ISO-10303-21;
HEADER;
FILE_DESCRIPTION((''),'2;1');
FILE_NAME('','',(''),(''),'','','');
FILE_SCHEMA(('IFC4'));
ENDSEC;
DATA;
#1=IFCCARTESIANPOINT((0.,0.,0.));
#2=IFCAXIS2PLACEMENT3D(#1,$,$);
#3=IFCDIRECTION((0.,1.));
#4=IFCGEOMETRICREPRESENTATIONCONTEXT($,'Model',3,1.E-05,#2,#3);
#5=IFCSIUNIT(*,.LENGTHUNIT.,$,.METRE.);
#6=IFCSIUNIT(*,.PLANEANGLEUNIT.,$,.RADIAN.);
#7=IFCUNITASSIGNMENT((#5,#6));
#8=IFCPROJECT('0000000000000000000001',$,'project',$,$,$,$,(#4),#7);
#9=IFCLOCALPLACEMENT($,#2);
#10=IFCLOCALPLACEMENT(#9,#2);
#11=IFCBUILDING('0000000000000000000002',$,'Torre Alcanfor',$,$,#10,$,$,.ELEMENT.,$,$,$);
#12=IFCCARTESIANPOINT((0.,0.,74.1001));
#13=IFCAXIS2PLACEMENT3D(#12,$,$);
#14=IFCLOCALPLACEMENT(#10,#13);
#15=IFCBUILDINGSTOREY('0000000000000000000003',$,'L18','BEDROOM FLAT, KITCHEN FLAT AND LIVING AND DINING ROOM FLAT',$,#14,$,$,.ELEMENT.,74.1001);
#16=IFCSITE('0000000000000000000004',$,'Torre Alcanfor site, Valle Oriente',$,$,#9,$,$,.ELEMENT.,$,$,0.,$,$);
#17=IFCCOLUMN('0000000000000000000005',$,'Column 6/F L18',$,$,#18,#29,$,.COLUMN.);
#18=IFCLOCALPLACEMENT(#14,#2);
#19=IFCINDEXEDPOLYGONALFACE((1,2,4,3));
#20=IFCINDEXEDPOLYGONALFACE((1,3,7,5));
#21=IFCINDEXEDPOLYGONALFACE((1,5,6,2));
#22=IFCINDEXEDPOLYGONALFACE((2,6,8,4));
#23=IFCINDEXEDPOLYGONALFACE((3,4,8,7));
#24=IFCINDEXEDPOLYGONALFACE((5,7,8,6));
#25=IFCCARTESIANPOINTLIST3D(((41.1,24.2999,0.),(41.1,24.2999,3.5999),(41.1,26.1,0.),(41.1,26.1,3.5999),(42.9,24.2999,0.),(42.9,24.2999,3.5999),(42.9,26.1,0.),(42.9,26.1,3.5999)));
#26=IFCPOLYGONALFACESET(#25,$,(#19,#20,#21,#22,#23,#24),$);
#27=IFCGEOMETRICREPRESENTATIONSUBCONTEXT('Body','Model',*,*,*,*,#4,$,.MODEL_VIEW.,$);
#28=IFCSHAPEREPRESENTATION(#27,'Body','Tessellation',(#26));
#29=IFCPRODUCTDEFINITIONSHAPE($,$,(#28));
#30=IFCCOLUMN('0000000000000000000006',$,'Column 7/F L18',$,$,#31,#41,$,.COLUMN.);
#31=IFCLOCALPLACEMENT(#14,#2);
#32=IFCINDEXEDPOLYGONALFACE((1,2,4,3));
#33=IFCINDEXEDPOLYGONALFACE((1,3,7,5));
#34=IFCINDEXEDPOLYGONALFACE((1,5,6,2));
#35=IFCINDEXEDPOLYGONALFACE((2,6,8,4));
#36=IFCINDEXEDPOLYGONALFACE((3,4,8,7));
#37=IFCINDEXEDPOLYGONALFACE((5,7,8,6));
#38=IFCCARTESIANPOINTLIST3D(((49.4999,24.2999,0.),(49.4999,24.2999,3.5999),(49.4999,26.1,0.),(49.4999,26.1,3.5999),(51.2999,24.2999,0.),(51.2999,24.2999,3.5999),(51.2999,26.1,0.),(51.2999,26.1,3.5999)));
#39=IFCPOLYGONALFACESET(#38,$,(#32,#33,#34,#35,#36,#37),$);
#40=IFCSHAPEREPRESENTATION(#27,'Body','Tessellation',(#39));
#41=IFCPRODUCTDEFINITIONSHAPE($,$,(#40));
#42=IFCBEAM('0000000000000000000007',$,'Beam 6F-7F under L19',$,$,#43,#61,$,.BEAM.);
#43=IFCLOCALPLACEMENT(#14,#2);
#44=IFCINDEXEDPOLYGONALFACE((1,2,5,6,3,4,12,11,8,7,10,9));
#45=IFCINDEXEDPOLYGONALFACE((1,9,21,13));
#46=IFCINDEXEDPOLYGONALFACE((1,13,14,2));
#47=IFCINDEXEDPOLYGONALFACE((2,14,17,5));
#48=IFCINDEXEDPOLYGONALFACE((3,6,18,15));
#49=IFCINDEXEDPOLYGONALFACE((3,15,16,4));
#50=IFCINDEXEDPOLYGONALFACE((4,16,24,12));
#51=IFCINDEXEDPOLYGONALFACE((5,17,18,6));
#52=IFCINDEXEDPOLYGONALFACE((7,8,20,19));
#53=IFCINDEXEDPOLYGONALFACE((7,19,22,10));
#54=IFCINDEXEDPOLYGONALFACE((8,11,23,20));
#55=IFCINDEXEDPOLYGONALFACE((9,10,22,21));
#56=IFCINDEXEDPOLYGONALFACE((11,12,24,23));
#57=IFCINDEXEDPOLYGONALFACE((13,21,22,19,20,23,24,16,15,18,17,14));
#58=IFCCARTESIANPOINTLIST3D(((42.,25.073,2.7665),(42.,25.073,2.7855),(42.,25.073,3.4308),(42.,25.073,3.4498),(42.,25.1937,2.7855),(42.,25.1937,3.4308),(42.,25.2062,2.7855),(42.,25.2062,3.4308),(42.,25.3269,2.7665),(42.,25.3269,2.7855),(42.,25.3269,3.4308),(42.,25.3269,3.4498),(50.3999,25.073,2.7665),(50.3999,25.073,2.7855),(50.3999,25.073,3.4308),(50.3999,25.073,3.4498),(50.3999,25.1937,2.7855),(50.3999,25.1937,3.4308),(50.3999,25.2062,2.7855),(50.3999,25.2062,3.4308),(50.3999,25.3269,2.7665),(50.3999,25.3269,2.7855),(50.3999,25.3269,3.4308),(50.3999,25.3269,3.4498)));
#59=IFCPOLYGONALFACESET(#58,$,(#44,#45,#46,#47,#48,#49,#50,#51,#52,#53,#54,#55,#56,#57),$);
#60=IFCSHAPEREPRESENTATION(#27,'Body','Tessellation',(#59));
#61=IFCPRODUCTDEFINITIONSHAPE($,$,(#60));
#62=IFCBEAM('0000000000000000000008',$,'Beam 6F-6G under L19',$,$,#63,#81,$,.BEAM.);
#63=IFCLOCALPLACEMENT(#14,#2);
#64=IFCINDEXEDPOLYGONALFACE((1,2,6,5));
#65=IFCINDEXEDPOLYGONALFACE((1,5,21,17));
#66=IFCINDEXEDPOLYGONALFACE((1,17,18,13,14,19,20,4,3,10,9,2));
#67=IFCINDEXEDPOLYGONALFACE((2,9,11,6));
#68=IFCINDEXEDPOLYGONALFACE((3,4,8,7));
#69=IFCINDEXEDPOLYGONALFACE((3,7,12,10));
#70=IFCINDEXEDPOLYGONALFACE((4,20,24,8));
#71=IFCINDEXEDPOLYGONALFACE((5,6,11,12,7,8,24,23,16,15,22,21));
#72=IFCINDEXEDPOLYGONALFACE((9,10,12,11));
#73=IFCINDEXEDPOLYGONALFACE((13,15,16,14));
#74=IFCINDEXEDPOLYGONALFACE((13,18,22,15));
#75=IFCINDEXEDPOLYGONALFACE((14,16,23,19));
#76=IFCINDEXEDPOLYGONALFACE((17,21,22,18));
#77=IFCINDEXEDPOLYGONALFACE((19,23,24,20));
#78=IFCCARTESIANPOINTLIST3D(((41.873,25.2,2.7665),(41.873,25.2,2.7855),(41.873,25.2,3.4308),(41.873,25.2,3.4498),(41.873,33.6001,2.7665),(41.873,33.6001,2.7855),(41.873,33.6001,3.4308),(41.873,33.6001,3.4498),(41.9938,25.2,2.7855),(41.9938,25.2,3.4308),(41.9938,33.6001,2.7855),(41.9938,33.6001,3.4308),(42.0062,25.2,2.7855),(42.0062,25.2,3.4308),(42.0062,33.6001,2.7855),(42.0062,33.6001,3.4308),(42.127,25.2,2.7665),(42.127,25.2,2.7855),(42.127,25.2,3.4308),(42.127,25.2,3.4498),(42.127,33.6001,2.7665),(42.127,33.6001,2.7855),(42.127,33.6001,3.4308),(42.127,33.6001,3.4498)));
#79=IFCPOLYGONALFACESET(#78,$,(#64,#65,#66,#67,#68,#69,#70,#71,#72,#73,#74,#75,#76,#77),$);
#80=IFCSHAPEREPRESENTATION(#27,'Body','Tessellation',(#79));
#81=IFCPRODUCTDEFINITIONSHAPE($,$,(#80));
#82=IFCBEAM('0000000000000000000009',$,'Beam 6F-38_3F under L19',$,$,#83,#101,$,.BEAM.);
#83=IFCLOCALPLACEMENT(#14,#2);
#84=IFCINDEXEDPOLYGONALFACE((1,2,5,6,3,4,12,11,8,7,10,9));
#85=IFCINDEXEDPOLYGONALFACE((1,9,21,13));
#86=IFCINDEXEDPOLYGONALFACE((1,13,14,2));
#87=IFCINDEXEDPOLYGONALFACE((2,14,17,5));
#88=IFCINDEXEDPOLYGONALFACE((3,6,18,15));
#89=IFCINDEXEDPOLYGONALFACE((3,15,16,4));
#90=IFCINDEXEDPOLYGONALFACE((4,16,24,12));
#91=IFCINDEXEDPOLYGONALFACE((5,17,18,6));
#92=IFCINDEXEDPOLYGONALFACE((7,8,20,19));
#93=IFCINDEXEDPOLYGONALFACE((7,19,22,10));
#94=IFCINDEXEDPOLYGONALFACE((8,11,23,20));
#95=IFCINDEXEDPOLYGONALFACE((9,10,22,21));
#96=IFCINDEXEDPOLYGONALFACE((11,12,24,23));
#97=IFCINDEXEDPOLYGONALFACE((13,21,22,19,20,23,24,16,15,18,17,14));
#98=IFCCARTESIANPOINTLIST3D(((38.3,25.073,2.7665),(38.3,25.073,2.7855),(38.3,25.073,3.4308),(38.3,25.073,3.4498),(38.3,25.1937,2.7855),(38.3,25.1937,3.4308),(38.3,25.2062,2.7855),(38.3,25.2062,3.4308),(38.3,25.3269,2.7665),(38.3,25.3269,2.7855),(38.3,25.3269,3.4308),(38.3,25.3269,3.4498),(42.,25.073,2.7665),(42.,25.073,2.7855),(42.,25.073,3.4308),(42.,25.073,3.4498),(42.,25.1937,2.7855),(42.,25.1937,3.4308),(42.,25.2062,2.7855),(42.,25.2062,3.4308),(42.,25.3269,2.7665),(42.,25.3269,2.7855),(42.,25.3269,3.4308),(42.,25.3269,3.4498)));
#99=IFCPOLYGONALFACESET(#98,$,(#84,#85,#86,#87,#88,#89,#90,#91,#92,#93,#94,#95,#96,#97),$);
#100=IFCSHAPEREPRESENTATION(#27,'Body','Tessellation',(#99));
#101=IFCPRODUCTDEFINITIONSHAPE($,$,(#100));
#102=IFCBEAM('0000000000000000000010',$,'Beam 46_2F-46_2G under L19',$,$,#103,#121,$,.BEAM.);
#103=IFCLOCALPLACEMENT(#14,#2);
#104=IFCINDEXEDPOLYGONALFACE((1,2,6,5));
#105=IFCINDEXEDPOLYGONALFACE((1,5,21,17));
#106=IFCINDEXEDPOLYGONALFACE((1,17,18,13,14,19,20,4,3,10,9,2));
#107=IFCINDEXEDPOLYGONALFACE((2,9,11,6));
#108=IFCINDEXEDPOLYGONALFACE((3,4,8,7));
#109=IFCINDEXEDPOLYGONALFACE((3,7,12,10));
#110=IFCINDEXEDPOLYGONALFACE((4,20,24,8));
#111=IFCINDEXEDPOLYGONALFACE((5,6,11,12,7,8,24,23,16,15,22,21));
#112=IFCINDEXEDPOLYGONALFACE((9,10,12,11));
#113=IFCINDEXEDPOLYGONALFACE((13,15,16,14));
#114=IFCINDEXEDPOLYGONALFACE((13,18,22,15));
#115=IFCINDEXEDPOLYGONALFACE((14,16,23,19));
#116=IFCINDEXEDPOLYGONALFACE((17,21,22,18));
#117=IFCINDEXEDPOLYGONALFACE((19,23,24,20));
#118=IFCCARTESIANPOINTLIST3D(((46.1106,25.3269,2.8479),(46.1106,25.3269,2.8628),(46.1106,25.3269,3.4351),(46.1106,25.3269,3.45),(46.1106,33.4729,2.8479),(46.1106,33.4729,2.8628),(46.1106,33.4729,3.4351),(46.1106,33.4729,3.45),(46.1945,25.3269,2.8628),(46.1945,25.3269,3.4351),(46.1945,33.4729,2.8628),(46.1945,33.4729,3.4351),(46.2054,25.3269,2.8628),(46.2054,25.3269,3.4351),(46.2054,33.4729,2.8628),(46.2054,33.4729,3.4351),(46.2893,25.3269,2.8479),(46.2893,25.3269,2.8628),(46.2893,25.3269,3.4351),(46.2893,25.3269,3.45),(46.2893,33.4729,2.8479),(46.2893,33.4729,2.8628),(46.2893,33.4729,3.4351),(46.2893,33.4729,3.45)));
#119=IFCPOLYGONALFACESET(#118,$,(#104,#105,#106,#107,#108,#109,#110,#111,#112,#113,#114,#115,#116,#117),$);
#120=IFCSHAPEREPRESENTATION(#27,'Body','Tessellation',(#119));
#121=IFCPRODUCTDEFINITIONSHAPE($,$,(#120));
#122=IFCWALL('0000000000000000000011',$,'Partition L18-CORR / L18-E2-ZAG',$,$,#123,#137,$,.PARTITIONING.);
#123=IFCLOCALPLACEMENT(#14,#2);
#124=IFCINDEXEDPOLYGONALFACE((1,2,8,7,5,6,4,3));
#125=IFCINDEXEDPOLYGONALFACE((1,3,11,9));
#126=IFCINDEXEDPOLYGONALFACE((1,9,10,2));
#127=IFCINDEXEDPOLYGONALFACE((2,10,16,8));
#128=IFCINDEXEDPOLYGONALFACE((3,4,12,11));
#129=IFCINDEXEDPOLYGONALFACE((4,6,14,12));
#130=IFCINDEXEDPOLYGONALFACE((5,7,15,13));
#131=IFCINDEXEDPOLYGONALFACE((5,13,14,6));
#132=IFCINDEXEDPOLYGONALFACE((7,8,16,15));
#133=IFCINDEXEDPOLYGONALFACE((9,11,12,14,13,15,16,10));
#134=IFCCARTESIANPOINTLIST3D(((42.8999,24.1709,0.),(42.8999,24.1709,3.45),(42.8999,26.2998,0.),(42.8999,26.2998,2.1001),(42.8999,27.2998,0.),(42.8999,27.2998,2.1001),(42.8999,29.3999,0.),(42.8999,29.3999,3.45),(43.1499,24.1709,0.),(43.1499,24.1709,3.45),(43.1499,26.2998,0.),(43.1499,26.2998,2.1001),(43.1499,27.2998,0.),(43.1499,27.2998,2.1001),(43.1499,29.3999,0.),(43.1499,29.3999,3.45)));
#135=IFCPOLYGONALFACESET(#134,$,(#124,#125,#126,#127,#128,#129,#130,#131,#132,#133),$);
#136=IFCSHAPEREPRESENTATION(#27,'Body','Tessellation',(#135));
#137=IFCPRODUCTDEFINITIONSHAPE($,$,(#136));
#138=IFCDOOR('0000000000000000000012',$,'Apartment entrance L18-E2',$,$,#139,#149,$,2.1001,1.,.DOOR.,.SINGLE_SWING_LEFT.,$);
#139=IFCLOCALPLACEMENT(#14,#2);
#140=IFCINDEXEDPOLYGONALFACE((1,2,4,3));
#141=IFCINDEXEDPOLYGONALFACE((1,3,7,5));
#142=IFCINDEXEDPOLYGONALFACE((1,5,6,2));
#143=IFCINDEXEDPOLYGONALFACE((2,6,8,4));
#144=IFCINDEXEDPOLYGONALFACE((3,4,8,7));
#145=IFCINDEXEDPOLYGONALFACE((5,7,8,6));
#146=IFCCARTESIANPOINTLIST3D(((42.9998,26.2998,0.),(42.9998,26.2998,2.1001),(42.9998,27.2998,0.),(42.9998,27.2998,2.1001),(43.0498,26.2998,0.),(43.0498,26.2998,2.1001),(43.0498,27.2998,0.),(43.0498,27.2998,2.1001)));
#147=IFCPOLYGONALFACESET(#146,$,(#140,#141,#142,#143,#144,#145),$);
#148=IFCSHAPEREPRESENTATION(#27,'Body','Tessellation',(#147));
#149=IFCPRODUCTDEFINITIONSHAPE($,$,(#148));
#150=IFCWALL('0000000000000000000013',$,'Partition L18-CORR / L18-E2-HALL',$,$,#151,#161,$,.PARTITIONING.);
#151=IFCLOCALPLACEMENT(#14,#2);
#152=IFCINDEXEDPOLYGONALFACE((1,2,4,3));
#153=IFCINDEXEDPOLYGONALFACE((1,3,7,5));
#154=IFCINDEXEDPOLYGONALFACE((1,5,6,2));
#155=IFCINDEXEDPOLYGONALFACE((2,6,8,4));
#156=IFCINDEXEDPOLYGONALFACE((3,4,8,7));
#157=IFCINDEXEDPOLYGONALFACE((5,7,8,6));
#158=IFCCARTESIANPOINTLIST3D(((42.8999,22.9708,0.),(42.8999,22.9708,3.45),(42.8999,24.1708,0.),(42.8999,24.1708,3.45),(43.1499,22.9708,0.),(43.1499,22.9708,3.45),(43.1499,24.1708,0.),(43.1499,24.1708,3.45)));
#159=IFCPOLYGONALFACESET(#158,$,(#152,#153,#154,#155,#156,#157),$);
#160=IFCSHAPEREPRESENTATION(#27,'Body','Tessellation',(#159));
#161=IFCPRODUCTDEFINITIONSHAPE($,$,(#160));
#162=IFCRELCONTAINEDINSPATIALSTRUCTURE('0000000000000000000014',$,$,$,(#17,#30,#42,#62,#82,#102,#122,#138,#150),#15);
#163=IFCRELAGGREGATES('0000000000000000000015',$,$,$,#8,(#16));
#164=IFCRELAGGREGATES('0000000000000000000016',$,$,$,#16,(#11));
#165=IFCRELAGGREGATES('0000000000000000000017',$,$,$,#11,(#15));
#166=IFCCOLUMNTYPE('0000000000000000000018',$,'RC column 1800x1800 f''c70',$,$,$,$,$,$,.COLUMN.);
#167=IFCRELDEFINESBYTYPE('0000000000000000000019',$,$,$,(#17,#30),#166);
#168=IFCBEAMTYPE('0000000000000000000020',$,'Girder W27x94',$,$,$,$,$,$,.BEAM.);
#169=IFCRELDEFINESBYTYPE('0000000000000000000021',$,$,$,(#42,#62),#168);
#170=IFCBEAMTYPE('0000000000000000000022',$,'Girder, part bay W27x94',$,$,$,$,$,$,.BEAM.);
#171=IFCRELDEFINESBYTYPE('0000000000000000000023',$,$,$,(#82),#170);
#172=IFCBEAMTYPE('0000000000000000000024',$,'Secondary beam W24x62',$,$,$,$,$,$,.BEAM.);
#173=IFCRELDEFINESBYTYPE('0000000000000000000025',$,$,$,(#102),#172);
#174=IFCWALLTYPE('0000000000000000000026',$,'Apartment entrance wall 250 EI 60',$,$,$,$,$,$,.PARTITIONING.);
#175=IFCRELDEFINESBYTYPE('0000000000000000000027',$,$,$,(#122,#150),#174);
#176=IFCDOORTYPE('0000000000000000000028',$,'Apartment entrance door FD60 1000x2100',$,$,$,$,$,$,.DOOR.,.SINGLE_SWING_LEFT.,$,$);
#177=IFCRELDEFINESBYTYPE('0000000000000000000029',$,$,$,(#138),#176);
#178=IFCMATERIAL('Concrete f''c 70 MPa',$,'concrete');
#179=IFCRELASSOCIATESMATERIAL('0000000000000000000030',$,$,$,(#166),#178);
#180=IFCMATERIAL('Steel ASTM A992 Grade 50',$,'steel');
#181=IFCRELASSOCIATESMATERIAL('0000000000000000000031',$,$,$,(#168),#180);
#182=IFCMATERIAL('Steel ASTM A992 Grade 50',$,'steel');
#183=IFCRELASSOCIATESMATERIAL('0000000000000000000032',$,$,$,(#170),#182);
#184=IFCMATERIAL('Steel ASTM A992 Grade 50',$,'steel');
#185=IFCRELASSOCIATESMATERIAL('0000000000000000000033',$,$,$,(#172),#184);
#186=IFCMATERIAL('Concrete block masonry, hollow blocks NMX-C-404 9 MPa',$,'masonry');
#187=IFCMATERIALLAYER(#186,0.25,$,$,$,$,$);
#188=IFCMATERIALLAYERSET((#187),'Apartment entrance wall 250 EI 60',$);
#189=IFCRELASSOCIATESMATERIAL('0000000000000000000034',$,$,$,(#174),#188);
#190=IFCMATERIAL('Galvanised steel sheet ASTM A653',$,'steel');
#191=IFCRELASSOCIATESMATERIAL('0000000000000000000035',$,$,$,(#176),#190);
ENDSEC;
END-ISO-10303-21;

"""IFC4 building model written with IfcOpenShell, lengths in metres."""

from ifc_helpers import new_model, si_unit, direction, frame, frame_2d, origin, origin_2d, place, context, subcontext, project, spatial, rectangle, i_section, extrude, material, layer, layer_set, material_profile, profile_set, type_object, element, fill, save


model = new_model("IFC4")

# Units and contexts
model_context = context("Model", 3, precision=1e-05, world=origin(), true_north=direction((0.0, 1.0)))
body_context = subcontext(model_context, "Body", "Model", "MODEL_VIEW")
ifc_project = project(units=[si_unit("LENGTHUNIT", "METRE"), si_unit("PLANEANGLEUNIT", "RADIAN")], contexts=[model_context])

# Site, building, storey
site_placement = place(None, origin())
site = spatial("IfcSite", under=ifc_project, at=site_placement, Name="Torre Alcanfor site, Valle Oriente", CompositionType="ELEMENT", RefElevation=0.0)
building_placement = place(site_placement, origin())
building = spatial("IfcBuilding", under=site, at=building_placement, Name="Torre Alcanfor", CompositionType="ELEMENT")
storey_placement = place(building_placement, frame((0.0, 0.0, 74.1001)))
storey = spatial("IfcBuildingStorey", under=building, at=storey_placement, Name="L18", Description="BEDROOM FLAT, KITCHEN FLAT AND LIVING AND DINING ROOM FLAT", CompositionType="ELEMENT", Elevation=74.1001)

# Columns
ifc_material_1 = material(Name="Concrete f'c 70 MPa", Category="concrete")
ifc_material_profile_1 = material_profile(ifc_material_1, rectangle(XDim=1.8, YDim=1.8, at=origin_2d()), Name="1800x1800")
ifc_profile_set_1 = profile_set([ifc_material_profile_1], Name="Concrete f'c 70 MPa")
column_type = type_object("IfcColumnType", Name="RC column 1800x1800 f'c70", PredefinedType="COLUMN", material=ifc_profile_set_1)
for number, where, z_axis, x_axis, name in (
    (1, (42.0, 25.2, 0.0), (0.0, 0.0, 1.0), (1.0, 0.0, 0.0), "Column 6/F L18"),
    (2, (50.3999, 25.2, 0.0), (0.0, 0.0, 1.0), (1.0, 0.0, 0.0), "Column 7/F L18"),
):
    element("IfcColumn", number, at=place(storey_placement, frame(where, z_axis=z_axis, x_axis=x_axis)), inside=storey, type_object=column_type, Name=name, PredefinedType="COLUMN", context=body_context, shape_type="SweptSolid", body=[
        extrude(rectangle(XDim=1.8, YDim=1.8, at=origin_2d()), origin(), (0.0, 0.0, 1.0), 3.5999),
    ])

# Beams
ifc_material_2 = material(Name="Steel ASTM A992 Grade 50", Category="steel")
ifc_material_profile_2 = material_profile(ifc_material_2, i_section(OverallWidth=0.2539, OverallDepth=0.6833, WebThickness=0.0125, FlangeThickness=0.019, at=origin_2d()), Name="W27x94")
ifc_profile_set_2 = profile_set([ifc_material_profile_2], Name="Steel ASTM A992 Grade 50")
beam_type_1 = type_object("IfcBeamType", Name="Girder W27x94", PredefinedType="BEAM", material=ifc_profile_set_2)
beam_1_placement = place(storey_placement, frame((42.0, 25.2, 3.1082), z_axis=(1.0, 0.0, 0.0), x_axis=(0.0, 1.0, 0.0)))
element("IfcBeam", 3, at=beam_1_placement, inside=storey, type_object=beam_type_1, Name="Beam 6F-7F under L19", PredefinedType="BEAM", context=body_context, shape_type="SweptSolid", body=[
    extrude(i_section(OverallWidth=0.2539, OverallDepth=0.6833, WebThickness=0.0125, FlangeThickness=0.019, at=origin_2d()), origin(), (0.0, 0.0, 1.0), 8.3999),
])
beam_2_placement = place(storey_placement, frame((42.0, 25.2, 3.1082), z_axis=(0.0, 1.0, 0.0), x_axis=(-1.0, 0.0, 0.0)))
element("IfcBeam", 4, at=beam_2_placement, inside=storey, type_object=beam_type_1, Name="Beam 6F-6G under L19", PredefinedType="BEAM", context=body_context, shape_type="SweptSolid", body=[
    extrude(i_section(OverallWidth=0.2539, OverallDepth=0.6833, WebThickness=0.0125, FlangeThickness=0.019, at=origin_2d()), origin(), (0.0, 0.0, 1.0), 8.4001),
])
ifc_material_3 = material(Name="Steel ASTM A992 Grade 50", Category="steel")
ifc_material_profile_3 = material_profile(ifc_material_3, i_section(OverallWidth=0.2539, OverallDepth=0.6833, WebThickness=0.0125, FlangeThickness=0.019, at=origin_2d()), Name="W27x94")
ifc_profile_set_3 = profile_set([ifc_material_profile_3], Name="Steel ASTM A992 Grade 50")
beam_type_2 = type_object("IfcBeamType", Name="Girder, part bay W27x94", PredefinedType="BEAM", material=ifc_profile_set_3)
beam_3_placement = place(storey_placement, frame((42.0, 25.2, 3.1082), z_axis=(-1.0, 0.0, 0.0), x_axis=(0.0, -1.0, 0.0)))
element("IfcBeam", 5, at=beam_3_placement, inside=storey, type_object=beam_type_2, Name="Beam 6F-38_3F under L19", PredefinedType="BEAM", context=body_context, shape_type="SweptSolid", body=[
    extrude(i_section(OverallWidth=0.2539, OverallDepth=0.6833, WebThickness=0.0125, FlangeThickness=0.019, at=origin_2d()), origin(), (0.0, 0.0, 1.0), 3.7),
])
ifc_material_4 = material(Name="Steel ASTM A992 Grade 50", Category="steel")
ifc_material_profile_4 = material_profile(ifc_material_4, i_section(OverallWidth=0.1787, OverallDepth=0.6021, WebThickness=0.011, FlangeThickness=0.0149, at=origin_2d()), Name="W24x62")
ifc_profile_set_4 = profile_set([ifc_material_profile_4], Name="Steel ASTM A992 Grade 50")
beam_type_3 = type_object("IfcBeamType", Name="Secondary beam W24x62", PredefinedType="BEAM", material=ifc_profile_set_4)
beam_4_placement = place(storey_placement, frame((46.2, 25.3269, 3.1489), z_axis=(0.0, 1.0, 0.0), x_axis=(-1.0, 0.0, 0.0)))
element("IfcBeam", 6, at=beam_4_placement, inside=storey, type_object=beam_type_3, Name="Beam 46_2F-46_2G under L19", PredefinedType="BEAM", context=body_context, shape_type="SweptSolid", body=[
    extrude(i_section(OverallWidth=0.1787, OverallDepth=0.6021, WebThickness=0.011, FlangeThickness=0.0149, at=origin_2d()), origin(), (0.0, 0.0, 1.0), 8.146),
])

# Wall, opening, door
ifc_material_5 = material(Name="Concrete block masonry, hollow blocks NMX-C-404 9 MPa", Category="masonry")
ifc_layer_1 = layer(ifc_material_5, 0.25)
ifc_layer_set_1 = layer_set([ifc_layer_1], Name="Apartment entrance wall 250 EI 60")
wall_type_1 = type_object("IfcWallType", Name="Apartment entrance wall 250 EI 60", PredefinedType="PARTITIONING", material=ifc_layer_set_1)
wall_1_placement = place(storey_placement, frame((43.0249, 29.3999, 0.0), z_axis=(0.0, 0.0, 1.0), x_axis=(0.0, -1.0, 0.0)))
wall_1 = element("IfcWall", 7, at=wall_1_placement, inside=storey, type_object=wall_type_1, Name="Partition L18-CORR / L18-E2-ZAG", PredefinedType="PARTITIONING", context=body_context, shape_type="SweptSolid", body=[
    extrude(rectangle(XDim=5.229, YDim=0.25, at=frame_2d((2.6145, 0.0))), origin(), (0.0, 0.0, 1.0), 3.45),
])
opening_1_placement = place(wall_1_placement, frame((2.1001, 0.0, 0.0)))
opening_1 = element("IfcOpeningElement", 8, at=opening_1_placement, cuts=wall_1, PredefinedType="OPENING", context=body_context, shape_type="SweptSolid", body=[
    extrude(rectangle(XDim=1.0, YDim=2.1001, at=frame_2d((0.5, 1.05))), frame((0.0, 0.135, 0.0), z_axis=(0.0, -1.0, 0.0), x_axis=(1.0, 0.0, 0.0)), (0.0, 0.0, 1.0), 0.27),
])
ifc_material_6 = material(Name="Galvanised steel sheet ASTM A653", Category="steel")
door_type_1 = type_object("IfcDoorType", Name="Apartment entrance door FD60 1000x2100", OperationType="SINGLE_SWING_LEFT", PredefinedType="DOOR", material=ifc_material_6)
door_1_placement = place(opening_1_placement, origin())
door_1 = element("IfcDoor", 9, at=door_1_placement, inside=storey, type_object=door_type_1, Name="Apartment entrance L18-E2", OperationType="SINGLE_SWING_LEFT", OverallHeight=2.1001, OverallWidth=1.0, PredefinedType="DOOR", context=body_context, shape_type="SweptSolid", body=[
    extrude(rectangle(XDim=1.0, YDim=2.1001, at=frame_2d((0.5, 1.05))), frame((0.0, 0.0249, 0.0), z_axis=(0.0, -1.0, 0.0), x_axis=(1.0, 0.0, 0.0)), (0.0, 0.0, 1.0), 0.05),
])
fill(opening_1, door_1)

# Wall
wall_2_placement = place(storey_placement, frame((43.0249, 24.1709, 0.0), z_axis=(0.0, 0.0, 1.0), x_axis=(0.0, -1.0, 0.0)))
element("IfcWall", 10, at=wall_2_placement, inside=storey, type_object=wall_type_1, Name="Partition L18-CORR / L18-E2-HALL", PredefinedType="PARTITIONING", context=body_context, shape_type="SweptSolid", body=[
    extrude(rectangle(XDim=1.2, YDim=0.25, at=frame_2d((0.6001, 0.0))), origin(), (0.0, 0.0, 1.0), 3.45),
])

save(model, "model.ifc")
